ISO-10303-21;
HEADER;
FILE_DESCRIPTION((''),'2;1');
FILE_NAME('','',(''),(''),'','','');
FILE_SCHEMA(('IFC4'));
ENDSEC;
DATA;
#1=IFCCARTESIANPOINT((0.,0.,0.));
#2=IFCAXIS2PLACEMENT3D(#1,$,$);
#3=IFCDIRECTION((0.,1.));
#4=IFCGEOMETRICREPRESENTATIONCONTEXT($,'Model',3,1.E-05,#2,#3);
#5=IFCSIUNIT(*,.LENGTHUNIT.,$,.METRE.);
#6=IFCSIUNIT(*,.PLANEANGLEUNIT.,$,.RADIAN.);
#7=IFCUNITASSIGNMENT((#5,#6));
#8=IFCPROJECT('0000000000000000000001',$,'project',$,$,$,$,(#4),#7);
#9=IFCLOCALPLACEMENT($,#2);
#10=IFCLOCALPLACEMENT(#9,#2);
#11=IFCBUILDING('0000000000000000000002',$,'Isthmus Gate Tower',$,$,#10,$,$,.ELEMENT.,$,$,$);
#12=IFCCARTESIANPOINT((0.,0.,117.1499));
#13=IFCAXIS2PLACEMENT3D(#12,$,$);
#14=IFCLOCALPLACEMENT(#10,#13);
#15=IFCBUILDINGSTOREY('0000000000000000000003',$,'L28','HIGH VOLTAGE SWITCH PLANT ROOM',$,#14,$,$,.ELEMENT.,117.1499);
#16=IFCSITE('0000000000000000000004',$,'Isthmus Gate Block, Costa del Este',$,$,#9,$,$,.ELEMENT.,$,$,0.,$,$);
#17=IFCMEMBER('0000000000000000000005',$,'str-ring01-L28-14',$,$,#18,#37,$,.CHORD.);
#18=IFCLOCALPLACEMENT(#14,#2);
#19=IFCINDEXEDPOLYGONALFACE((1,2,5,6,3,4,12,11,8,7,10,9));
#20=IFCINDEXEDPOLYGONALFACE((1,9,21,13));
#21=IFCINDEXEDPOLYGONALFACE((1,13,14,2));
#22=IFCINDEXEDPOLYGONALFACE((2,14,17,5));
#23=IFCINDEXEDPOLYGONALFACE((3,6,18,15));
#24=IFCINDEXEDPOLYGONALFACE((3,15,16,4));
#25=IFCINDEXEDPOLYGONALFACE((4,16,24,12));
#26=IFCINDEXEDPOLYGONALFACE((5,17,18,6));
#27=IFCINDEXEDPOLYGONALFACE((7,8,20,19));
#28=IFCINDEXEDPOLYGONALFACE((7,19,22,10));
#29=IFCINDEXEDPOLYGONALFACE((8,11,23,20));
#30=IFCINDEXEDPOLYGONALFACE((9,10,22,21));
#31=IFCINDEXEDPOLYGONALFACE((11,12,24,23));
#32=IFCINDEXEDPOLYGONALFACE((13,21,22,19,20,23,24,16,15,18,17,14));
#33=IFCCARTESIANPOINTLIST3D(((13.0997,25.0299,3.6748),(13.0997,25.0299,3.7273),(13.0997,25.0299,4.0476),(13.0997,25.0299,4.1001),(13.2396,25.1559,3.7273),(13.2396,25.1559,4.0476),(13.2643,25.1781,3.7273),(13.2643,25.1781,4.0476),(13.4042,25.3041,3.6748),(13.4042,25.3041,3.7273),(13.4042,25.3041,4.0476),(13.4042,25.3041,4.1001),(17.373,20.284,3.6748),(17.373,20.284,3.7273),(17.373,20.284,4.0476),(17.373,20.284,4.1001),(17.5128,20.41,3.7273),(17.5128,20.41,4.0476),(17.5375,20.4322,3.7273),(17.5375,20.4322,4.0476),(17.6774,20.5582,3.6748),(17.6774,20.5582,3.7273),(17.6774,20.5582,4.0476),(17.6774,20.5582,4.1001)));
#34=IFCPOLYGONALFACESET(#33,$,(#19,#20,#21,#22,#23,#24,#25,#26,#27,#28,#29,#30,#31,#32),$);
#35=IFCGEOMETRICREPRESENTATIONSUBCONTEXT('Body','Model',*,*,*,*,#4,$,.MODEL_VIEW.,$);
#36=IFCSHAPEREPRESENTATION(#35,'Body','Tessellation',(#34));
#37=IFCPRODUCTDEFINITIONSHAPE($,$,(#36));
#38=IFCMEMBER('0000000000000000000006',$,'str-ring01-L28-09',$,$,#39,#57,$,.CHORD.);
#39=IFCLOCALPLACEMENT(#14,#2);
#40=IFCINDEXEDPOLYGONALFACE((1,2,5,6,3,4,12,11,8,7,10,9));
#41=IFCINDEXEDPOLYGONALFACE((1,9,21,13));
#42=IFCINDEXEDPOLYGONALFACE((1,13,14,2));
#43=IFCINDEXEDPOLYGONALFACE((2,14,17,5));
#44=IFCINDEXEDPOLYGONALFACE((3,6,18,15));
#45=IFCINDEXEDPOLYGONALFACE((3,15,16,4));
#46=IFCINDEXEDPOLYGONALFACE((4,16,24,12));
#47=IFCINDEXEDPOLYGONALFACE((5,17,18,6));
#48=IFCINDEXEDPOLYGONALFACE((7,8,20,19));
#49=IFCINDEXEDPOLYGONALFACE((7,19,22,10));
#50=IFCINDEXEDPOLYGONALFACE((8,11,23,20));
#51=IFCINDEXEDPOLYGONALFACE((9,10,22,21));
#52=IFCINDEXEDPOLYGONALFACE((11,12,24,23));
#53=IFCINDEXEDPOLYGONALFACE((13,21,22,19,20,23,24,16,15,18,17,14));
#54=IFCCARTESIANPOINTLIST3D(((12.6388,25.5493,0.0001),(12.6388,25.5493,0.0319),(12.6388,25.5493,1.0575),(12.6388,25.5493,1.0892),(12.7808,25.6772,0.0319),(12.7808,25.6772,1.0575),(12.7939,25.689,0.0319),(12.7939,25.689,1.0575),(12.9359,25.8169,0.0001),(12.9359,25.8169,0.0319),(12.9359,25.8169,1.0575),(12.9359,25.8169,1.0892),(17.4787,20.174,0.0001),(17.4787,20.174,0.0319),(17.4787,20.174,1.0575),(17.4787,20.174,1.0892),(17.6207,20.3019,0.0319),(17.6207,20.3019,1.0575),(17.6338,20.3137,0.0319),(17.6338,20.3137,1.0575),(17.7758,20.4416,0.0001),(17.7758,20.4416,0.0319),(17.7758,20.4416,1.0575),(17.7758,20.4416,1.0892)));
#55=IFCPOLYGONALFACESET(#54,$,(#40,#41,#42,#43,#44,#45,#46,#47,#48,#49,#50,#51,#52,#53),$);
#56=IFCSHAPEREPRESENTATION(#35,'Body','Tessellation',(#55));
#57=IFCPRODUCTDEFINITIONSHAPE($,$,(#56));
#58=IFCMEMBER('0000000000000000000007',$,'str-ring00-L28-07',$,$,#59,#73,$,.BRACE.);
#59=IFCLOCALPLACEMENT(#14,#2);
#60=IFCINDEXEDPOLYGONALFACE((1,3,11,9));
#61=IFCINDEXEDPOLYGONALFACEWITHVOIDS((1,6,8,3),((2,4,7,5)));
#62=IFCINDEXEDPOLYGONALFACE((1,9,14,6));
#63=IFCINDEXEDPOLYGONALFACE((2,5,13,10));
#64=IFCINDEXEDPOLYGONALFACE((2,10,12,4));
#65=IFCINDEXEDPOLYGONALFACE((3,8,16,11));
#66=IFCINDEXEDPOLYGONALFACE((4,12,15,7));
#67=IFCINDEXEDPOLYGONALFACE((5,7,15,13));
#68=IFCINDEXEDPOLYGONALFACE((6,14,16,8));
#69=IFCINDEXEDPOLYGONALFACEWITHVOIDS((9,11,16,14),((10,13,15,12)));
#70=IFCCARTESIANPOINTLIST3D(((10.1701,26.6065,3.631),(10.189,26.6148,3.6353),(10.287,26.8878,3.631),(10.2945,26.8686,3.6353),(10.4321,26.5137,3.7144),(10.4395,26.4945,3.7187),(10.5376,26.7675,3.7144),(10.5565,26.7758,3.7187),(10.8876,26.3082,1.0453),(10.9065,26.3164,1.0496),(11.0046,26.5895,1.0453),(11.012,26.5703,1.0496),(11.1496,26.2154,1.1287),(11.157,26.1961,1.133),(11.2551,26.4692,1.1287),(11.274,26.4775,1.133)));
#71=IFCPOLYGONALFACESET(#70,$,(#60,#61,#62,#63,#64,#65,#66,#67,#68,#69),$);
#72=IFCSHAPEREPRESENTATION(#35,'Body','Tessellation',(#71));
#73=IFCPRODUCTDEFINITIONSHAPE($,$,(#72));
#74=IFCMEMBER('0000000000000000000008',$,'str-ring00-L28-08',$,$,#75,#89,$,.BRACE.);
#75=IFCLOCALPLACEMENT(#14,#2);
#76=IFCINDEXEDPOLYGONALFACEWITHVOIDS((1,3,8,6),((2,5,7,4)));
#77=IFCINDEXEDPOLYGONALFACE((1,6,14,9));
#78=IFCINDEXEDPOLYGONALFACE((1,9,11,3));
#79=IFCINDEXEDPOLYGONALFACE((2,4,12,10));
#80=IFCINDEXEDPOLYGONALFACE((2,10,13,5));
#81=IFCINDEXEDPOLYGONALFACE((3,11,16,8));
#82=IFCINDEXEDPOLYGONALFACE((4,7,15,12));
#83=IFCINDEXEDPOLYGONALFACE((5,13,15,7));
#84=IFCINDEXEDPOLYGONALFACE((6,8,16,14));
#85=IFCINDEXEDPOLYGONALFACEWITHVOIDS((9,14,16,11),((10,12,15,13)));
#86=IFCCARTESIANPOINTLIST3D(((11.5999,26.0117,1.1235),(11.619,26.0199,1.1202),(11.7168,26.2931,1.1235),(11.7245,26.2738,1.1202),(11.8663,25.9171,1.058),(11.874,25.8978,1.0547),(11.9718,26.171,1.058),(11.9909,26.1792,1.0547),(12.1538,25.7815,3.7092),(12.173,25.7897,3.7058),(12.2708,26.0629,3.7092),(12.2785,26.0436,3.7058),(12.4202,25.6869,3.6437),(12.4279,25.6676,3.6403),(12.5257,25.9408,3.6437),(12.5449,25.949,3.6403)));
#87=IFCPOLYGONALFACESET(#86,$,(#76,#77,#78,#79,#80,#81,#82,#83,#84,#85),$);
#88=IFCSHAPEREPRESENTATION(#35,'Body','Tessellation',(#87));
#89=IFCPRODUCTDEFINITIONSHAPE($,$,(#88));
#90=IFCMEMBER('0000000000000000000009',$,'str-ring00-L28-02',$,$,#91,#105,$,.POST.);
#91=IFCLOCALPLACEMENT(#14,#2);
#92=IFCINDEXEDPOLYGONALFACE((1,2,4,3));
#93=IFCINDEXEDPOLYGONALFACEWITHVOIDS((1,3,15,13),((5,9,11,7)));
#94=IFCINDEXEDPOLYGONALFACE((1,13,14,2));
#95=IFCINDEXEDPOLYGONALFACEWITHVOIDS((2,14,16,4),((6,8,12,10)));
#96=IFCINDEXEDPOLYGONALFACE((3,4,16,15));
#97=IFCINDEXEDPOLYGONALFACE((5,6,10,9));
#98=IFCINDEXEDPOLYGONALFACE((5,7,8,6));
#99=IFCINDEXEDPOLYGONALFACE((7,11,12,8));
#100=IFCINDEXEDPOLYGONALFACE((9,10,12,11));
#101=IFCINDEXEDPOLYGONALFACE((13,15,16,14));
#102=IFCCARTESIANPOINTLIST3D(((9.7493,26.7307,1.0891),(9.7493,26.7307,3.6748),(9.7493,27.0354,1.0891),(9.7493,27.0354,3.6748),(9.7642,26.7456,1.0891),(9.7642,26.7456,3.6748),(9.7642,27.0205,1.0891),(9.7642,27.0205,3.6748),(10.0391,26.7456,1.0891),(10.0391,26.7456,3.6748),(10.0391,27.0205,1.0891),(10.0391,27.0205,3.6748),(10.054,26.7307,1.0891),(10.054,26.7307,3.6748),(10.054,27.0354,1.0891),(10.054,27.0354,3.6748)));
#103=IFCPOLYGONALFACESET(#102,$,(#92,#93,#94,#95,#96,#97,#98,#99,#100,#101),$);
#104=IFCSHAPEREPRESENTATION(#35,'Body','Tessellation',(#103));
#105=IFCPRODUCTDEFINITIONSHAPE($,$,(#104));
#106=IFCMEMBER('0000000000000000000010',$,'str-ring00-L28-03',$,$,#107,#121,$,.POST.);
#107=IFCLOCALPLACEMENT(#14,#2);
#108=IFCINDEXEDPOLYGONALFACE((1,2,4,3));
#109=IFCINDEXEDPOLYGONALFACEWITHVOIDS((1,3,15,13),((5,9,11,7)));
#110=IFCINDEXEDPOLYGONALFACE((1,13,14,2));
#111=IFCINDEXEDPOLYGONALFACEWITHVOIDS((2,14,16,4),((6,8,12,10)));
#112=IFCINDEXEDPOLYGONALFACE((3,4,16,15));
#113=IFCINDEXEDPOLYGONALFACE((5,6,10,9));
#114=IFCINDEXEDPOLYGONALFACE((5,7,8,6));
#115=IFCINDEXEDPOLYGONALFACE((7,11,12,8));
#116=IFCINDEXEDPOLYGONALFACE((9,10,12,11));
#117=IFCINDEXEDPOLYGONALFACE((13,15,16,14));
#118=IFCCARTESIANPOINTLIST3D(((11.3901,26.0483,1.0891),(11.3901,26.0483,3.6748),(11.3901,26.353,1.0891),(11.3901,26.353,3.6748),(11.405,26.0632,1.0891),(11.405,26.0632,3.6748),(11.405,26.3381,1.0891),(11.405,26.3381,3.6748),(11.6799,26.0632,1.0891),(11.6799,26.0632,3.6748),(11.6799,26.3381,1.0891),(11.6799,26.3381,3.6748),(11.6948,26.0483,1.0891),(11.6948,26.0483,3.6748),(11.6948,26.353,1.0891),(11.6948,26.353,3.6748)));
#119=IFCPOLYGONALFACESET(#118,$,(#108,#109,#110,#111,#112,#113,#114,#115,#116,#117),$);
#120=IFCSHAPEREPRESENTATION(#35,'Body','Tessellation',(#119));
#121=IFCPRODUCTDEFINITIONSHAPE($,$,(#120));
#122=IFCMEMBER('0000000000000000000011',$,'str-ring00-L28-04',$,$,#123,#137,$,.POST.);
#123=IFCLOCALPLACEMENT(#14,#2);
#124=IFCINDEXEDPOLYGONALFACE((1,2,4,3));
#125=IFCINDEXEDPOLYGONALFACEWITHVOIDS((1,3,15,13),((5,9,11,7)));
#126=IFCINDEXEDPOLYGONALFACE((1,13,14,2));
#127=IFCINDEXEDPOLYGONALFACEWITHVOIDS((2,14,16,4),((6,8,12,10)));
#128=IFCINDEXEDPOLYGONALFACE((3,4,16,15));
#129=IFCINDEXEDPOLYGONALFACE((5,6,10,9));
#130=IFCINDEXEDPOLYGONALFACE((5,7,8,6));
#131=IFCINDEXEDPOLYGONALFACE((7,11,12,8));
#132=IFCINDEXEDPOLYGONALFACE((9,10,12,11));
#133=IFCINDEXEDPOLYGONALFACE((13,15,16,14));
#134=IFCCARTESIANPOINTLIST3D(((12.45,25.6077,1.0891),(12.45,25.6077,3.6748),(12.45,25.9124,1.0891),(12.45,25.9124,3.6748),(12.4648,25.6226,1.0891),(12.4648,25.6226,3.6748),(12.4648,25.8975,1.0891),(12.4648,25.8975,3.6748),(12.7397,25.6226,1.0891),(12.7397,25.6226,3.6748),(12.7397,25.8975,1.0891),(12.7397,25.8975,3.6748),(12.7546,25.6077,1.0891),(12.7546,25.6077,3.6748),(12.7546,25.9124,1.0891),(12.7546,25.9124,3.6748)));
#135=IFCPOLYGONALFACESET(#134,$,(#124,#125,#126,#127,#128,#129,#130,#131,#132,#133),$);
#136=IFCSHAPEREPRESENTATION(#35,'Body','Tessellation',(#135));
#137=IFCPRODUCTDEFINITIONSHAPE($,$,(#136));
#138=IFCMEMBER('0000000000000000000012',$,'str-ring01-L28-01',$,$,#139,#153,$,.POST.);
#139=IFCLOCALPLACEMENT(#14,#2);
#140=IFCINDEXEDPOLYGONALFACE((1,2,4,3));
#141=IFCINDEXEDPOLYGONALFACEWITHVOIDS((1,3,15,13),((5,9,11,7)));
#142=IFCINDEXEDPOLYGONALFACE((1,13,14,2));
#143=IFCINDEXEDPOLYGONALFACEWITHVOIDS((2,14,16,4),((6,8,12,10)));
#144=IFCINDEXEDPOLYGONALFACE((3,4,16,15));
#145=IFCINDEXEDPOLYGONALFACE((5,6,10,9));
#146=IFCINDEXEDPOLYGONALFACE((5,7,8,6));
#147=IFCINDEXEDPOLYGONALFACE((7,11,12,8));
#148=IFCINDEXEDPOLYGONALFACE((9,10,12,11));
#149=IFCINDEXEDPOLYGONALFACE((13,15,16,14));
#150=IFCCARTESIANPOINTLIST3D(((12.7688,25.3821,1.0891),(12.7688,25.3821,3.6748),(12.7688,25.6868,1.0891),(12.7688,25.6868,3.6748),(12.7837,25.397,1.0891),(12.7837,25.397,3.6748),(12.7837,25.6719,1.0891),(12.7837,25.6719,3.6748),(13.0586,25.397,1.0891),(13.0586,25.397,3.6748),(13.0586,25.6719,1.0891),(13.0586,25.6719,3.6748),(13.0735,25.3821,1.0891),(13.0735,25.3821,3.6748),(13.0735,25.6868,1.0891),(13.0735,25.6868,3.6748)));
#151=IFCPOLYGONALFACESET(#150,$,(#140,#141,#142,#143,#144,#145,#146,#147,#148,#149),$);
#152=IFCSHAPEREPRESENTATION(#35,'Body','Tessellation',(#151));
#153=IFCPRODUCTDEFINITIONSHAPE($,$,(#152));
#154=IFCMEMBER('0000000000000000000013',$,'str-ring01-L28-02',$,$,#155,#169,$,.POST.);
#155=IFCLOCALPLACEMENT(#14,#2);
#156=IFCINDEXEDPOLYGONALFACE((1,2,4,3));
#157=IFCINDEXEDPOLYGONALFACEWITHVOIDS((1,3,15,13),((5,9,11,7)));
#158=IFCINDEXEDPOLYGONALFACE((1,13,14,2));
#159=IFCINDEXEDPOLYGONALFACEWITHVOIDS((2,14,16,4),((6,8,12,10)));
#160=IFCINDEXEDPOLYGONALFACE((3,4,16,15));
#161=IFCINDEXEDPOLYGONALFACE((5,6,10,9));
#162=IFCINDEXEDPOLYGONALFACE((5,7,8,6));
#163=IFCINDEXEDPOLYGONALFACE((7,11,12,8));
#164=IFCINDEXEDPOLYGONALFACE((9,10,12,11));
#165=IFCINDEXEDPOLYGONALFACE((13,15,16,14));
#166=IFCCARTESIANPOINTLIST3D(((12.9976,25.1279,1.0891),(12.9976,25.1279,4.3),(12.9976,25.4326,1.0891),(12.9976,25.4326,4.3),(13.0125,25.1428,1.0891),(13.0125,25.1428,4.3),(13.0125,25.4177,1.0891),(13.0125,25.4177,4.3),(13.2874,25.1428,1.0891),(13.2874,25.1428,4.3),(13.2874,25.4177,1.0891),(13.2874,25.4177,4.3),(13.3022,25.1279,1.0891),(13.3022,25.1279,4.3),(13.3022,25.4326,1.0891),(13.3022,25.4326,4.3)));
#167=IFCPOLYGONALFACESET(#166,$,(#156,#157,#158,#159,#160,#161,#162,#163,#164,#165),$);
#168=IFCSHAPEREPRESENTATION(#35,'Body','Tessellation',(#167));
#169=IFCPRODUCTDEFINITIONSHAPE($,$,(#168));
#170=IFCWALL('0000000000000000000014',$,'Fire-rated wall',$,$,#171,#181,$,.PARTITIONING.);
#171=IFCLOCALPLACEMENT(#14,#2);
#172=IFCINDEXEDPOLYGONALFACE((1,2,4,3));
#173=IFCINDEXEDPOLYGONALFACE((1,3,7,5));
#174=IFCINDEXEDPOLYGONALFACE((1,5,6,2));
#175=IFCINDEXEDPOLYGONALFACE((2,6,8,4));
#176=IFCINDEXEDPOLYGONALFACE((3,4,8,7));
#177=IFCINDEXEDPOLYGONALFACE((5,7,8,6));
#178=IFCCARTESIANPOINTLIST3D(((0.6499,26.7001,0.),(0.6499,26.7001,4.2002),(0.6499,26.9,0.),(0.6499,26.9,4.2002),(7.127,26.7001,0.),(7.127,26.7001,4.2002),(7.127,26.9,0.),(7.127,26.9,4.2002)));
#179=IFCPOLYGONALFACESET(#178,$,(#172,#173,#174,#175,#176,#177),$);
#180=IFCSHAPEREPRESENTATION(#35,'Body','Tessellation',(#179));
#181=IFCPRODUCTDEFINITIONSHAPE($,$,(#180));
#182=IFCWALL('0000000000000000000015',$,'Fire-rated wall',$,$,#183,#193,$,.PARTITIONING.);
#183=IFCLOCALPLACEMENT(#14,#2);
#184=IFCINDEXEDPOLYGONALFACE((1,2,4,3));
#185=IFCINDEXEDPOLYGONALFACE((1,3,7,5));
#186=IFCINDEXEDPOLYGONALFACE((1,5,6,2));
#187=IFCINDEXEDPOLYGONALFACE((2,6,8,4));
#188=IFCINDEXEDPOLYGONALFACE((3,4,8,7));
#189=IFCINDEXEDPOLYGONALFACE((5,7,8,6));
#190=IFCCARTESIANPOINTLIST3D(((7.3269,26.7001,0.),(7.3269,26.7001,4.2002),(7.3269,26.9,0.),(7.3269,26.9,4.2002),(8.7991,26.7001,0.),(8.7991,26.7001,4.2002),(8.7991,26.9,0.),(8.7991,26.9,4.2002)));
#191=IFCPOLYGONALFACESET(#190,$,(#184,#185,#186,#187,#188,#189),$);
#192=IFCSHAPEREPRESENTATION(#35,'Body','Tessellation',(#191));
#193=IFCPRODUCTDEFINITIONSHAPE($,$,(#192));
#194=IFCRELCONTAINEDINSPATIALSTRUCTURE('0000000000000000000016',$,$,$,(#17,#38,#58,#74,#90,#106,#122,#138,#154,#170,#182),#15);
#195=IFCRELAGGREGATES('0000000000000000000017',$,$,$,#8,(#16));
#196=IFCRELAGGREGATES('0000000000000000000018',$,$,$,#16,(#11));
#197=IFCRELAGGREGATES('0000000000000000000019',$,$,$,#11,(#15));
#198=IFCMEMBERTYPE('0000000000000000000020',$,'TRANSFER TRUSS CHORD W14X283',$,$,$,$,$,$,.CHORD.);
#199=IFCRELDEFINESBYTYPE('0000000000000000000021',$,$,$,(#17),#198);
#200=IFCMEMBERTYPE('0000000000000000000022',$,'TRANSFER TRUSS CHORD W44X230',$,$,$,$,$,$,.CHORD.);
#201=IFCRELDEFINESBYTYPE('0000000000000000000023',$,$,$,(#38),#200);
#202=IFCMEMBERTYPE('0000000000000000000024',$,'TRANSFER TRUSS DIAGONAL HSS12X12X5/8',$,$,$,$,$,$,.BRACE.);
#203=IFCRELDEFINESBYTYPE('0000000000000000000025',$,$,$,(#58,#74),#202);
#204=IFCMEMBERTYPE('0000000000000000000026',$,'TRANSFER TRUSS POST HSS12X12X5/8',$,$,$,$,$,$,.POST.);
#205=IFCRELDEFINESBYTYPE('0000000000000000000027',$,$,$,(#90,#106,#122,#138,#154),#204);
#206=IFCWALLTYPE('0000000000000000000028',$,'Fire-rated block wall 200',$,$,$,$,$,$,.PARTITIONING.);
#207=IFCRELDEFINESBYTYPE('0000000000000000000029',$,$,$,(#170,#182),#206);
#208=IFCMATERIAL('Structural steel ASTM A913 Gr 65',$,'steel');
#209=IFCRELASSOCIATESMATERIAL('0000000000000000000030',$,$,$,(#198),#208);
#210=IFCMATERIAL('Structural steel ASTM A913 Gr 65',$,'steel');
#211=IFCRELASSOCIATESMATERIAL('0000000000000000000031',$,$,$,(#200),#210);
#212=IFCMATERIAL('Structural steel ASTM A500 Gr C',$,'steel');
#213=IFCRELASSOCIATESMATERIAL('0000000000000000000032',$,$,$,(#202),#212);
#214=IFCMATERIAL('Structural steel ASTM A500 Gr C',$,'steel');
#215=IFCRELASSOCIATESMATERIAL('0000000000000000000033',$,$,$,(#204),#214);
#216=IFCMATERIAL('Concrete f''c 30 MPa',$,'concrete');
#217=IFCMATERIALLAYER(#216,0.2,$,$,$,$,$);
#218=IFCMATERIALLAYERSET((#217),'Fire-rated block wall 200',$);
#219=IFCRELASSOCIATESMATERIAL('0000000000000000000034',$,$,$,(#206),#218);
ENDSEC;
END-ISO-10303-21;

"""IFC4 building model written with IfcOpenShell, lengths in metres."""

from ifc_helpers import new_model, si_unit, direction, frame, frame_2d, origin, origin_2d, place, context, subcontext, project, spatial, rectangle, hollow_rectangle, i_section, extrude, material, layer, layer_set, material_profile, profile_set, type_object, element, save


model = new_model("IFC4")

# Units and contexts
model_context = context("Model", 3, precision=1e-05, world=origin(), true_north=direction((0.0, 1.0)))
body_context = subcontext(model_context, "Body", "Model", "MODEL_VIEW")
ifc_project = project(units=[si_unit("LENGTHUNIT", "METRE"), si_unit("PLANEANGLEUNIT", "RADIAN")], contexts=[model_context])

# Site, building, storey
site_placement = place(None, origin())
site = spatial("IfcSite", under=ifc_project, at=site_placement, Name="Isthmus Gate Block, Costa del Este", CompositionType="ELEMENT", RefElevation=0.0)
building_placement = place(site_placement, origin())
building = spatial("IfcBuilding", under=site, at=building_placement, Name="Isthmus Gate Tower", CompositionType="ELEMENT")
storey_placement = place(building_placement, frame((0.0, 0.0, 117.1499)))
storey = spatial("IfcBuildingStorey", under=building, at=storey_placement, Name="L28", Description="HIGH VOLTAGE SWITCH PLANT ROOM", CompositionType="ELEMENT", Elevation=117.1499)

# Members
ifc_material_1 = material(Name="Structural steel ASTM A913 Gr 65", Category="steel")
ifc_material_profile_1 = material_profile(ifc_material_1, i_section(OverallWidth=0.4097, OverallDepth=0.4253, WebThickness=0.0332, FlangeThickness=0.0525, at=origin_2d()), Name="W14X283")
ifc_profile_set_1 = profile_set([ifc_material_profile_1], Name="Structural steel ASTM A913 Gr 65")
member_type_1 = type_object("IfcMemberType", Name="TRANSFER TRUSS CHORD W14X283", PredefinedType="CHORD", material=ifc_profile_set_1)
member_1_placement = place(storey_placement, frame((13.252, 25.167, 3.8875), z_axis=(0.669132, -0.743144, 0.0), x_axis=(0.743144, 0.669132, 0.0)))
element("IfcMember", 1, at=member_1_placement, inside=storey, type_object=member_type_1, Name="str-ring01-L28-14", PredefinedType="CHORD", context=body_context, shape_type="SweptSolid", body=[
    extrude(i_section(OverallWidth=0.4097, OverallDepth=0.4253, WebThickness=0.0332, FlangeThickness=0.0525, at=origin_2d()), origin(), (0.0, 0.0, 1.0), 6.3862),
])
ifc_material_2 = material(Name="Structural steel ASTM A913 Gr 65", Category="steel")
ifc_material_profile_2 = material_profile(ifc_material_2, i_section(OverallWidth=0.3999, OverallDepth=1.0891, WebThickness=0.0176, FlangeThickness=0.0317, at=origin_2d()), Name="W44X230")
ifc_profile_set_2 = profile_set([ifc_material_profile_2], Name="Structural steel ASTM A913 Gr 65")
member_type_2 = type_object("IfcMemberType", Name="TRANSFER TRUSS CHORD W44X230", PredefinedType="CHORD", material=ifc_profile_set_2)
member_2_placement = place(storey_placement, frame((12.7874, 25.6831, 0.5447), z_axis=(0.669127, -0.743148, 0.0), x_axis=(0.743148, 0.669127, 0.0)))
element("IfcMember", 2, at=member_2_placement, inside=storey, type_object=member_type_2, Name="str-ring01-L28-09", PredefinedType="CHORD", context=body_context, shape_type="SweptSolid", body=[
    extrude(i_section(OverallWidth=0.3999, OverallDepth=1.0891, WebThickness=0.0176, FlangeThickness=0.0317, at=origin_2d()), origin(), (0.0, 0.0, 1.0), 7.2332),
])
ifc_material_3 = material(Name="Structural steel ASTM A500 Gr C", Category="steel")
ifc_material_profile_3 = material_profile(ifc_material_3, hollow_rectangle(XDim=0.3047, YDim=0.3047, WallThickness=0.0149, at=origin_2d()), Name="HSS12X12X5/8")
ifc_profile_set_3 = profile_set([ifc_material_profile_3], Name="Structural steel ASTM A500 Gr C")
member_type_3 = type_object("IfcMemberType", Name="TRANSFER TRUSS DIAGONAL HSS12X12X5/8", PredefinedType="BRACE", material=ifc_profile_set_3)
member_3_placement = place(storey_placement, frame((11.0808, 26.3928, 1.0891), z_axis=(-0.265758, 0.110499, 0.957686), x_axis=(-0.383924, -0.923365, 0.0)))
element("IfcMember", 3, at=member_3_placement, inside=storey, type_object=member_type_3, Name="str-ring00-L28-07", PredefinedType="BRACE", context=body_context, shape_type="SweptSolid", body=[
    extrude(hollow_rectangle(XDim=0.3047, YDim=0.3047, WallThickness=0.0149, at=origin_2d()), origin(), (0.0, 0.0, 1.0), 2.7),
])
member_4_placement = place(storey_placement, frame((11.7954, 26.0955, 1.0891), z_axis=(0.208696, -0.086734, 0.974127), x_axis=(0.383777, 0.923426, 0.0)))
element("IfcMember", 4, at=member_4_placement, inside=storey, type_object=member_type_3, Name="str-ring00-L28-08", PredefinedType="BRACE", context=body_context, shape_type="SweptSolid", body=[
    extrude(hollow_rectangle(XDim=0.3047, YDim=0.3047, WallThickness=0.0149, at=origin_2d()), origin(), (0.0, 0.0, 1.0), 2.6543),
])
ifc_material_4 = material(Name="Structural steel ASTM A500 Gr C", Category="steel")
ifc_material_profile_4 = material_profile(ifc_material_4, hollow_rectangle(XDim=0.3047, YDim=0.3047, WallThickness=0.0149, at=origin_2d()), Name="HSS12X12X5/8")
ifc_profile_set_4 = profile_set([ifc_material_profile_4], Name="Structural steel ASTM A500 Gr C")
member_type_4 = type_object("IfcMemberType", Name="TRANSFER TRUSS POST HSS12X12X5/8", PredefinedType="POST", material=ifc_profile_set_4)
for number, where, z_axis, x_axis, name in (
    (5, (9.9016, 26.8831, 1.0891), (0.0, 0.0, 1.0), (1.0, 0.0, 0.0), "str-ring00-L28-02"),
    (6, (11.5425, 26.2007, 1.0891), (0.0, 0.0, 1.0), (1.0, 0.0, 0.0), "str-ring00-L28-03"),
    (7, (12.6023, 25.76, 1.0891), (0.0, 0.0, 1.0), (1.0, 0.0, 0.0), "str-ring00-L28-04"),
    (8, (12.9211, 25.5344, 1.0891), (0.0, 0.0, 1.0), (1.0, 0.0, 0.0), "str-ring01-L28-01"),
):
    element("IfcMember", number, at=place(storey_placement, frame(where, z_axis=z_axis, x_axis=x_axis)), inside=storey, type_object=member_type_4, Name=name, PredefinedType="POST", context=body_context, shape_type="SweptSolid", body=[
        extrude(hollow_rectangle(XDim=0.3047, YDim=0.3047, WallThickness=0.0149, at=origin_2d()), origin(), (0.0, 0.0, 1.0), 2.5857),
    ])
member_5_placement = place(storey_placement, frame((13.1499, 25.2803, 1.0891), z_axis=(0.0, 0.0, 1.0), x_axis=(1.0, 0.0, 0.0)))
element("IfcMember", 9, at=member_5_placement, inside=storey, type_object=member_type_4, Name="str-ring01-L28-02", PredefinedType="POST", context=body_context, shape_type="SweptSolid", body=[
    extrude(hollow_rectangle(XDim=0.3047, YDim=0.3047, WallThickness=0.0149, at=origin_2d()), origin(), (0.0, 0.0, 1.0), 3.2109),
])

# Walls
ifc_material_5 = material(Name="Concrete f'c 30 MPa", Category="concrete")
ifc_layer = layer(ifc_material_5, 0.2)
ifc_layer_set = layer_set([ifc_layer], Name="Fire-rated block wall 200")
wall_type = type_object("IfcWallType", Name="Fire-rated block wall 200", PredefinedType="PARTITIONING", material=ifc_layer_set)
wall_1_placement = place(storey_placement, frame((0.6499, 26.8, 0.0), z_axis=(0.0, 0.0, 1.0), x_axis=(1.0, 0.0, 0.0)))
element("IfcWall", 10, at=wall_1_placement, inside=storey, type_object=wall_type, Name="Fire-rated wall", PredefinedType="PARTITIONING", context=body_context, shape_type="SweptSolid", body=[
    extrude(rectangle(XDim=6.4771, YDim=0.2, at=frame_2d((3.2385, 0.0))), origin(), (0.0, 0.0, 1.0), 4.2002),
])
wall_2_placement = place(storey_placement, frame((7.3269, 26.8, 0.0), z_axis=(0.0, 0.0, 1.0), x_axis=(1.0, 0.0, 0.0)))
element("IfcWall", 11, at=wall_2_placement, inside=storey, type_object=wall_type, Name="Fire-rated wall", PredefinedType="PARTITIONING", context=body_context, shape_type="SweptSolid", body=[
    extrude(rectangle(XDim=1.4722, YDim=0.2, at=frame_2d((0.7361, 0.0))), origin(), (0.0, 0.0, 1.0), 4.2002),
])

save(model, "model.ifc")
